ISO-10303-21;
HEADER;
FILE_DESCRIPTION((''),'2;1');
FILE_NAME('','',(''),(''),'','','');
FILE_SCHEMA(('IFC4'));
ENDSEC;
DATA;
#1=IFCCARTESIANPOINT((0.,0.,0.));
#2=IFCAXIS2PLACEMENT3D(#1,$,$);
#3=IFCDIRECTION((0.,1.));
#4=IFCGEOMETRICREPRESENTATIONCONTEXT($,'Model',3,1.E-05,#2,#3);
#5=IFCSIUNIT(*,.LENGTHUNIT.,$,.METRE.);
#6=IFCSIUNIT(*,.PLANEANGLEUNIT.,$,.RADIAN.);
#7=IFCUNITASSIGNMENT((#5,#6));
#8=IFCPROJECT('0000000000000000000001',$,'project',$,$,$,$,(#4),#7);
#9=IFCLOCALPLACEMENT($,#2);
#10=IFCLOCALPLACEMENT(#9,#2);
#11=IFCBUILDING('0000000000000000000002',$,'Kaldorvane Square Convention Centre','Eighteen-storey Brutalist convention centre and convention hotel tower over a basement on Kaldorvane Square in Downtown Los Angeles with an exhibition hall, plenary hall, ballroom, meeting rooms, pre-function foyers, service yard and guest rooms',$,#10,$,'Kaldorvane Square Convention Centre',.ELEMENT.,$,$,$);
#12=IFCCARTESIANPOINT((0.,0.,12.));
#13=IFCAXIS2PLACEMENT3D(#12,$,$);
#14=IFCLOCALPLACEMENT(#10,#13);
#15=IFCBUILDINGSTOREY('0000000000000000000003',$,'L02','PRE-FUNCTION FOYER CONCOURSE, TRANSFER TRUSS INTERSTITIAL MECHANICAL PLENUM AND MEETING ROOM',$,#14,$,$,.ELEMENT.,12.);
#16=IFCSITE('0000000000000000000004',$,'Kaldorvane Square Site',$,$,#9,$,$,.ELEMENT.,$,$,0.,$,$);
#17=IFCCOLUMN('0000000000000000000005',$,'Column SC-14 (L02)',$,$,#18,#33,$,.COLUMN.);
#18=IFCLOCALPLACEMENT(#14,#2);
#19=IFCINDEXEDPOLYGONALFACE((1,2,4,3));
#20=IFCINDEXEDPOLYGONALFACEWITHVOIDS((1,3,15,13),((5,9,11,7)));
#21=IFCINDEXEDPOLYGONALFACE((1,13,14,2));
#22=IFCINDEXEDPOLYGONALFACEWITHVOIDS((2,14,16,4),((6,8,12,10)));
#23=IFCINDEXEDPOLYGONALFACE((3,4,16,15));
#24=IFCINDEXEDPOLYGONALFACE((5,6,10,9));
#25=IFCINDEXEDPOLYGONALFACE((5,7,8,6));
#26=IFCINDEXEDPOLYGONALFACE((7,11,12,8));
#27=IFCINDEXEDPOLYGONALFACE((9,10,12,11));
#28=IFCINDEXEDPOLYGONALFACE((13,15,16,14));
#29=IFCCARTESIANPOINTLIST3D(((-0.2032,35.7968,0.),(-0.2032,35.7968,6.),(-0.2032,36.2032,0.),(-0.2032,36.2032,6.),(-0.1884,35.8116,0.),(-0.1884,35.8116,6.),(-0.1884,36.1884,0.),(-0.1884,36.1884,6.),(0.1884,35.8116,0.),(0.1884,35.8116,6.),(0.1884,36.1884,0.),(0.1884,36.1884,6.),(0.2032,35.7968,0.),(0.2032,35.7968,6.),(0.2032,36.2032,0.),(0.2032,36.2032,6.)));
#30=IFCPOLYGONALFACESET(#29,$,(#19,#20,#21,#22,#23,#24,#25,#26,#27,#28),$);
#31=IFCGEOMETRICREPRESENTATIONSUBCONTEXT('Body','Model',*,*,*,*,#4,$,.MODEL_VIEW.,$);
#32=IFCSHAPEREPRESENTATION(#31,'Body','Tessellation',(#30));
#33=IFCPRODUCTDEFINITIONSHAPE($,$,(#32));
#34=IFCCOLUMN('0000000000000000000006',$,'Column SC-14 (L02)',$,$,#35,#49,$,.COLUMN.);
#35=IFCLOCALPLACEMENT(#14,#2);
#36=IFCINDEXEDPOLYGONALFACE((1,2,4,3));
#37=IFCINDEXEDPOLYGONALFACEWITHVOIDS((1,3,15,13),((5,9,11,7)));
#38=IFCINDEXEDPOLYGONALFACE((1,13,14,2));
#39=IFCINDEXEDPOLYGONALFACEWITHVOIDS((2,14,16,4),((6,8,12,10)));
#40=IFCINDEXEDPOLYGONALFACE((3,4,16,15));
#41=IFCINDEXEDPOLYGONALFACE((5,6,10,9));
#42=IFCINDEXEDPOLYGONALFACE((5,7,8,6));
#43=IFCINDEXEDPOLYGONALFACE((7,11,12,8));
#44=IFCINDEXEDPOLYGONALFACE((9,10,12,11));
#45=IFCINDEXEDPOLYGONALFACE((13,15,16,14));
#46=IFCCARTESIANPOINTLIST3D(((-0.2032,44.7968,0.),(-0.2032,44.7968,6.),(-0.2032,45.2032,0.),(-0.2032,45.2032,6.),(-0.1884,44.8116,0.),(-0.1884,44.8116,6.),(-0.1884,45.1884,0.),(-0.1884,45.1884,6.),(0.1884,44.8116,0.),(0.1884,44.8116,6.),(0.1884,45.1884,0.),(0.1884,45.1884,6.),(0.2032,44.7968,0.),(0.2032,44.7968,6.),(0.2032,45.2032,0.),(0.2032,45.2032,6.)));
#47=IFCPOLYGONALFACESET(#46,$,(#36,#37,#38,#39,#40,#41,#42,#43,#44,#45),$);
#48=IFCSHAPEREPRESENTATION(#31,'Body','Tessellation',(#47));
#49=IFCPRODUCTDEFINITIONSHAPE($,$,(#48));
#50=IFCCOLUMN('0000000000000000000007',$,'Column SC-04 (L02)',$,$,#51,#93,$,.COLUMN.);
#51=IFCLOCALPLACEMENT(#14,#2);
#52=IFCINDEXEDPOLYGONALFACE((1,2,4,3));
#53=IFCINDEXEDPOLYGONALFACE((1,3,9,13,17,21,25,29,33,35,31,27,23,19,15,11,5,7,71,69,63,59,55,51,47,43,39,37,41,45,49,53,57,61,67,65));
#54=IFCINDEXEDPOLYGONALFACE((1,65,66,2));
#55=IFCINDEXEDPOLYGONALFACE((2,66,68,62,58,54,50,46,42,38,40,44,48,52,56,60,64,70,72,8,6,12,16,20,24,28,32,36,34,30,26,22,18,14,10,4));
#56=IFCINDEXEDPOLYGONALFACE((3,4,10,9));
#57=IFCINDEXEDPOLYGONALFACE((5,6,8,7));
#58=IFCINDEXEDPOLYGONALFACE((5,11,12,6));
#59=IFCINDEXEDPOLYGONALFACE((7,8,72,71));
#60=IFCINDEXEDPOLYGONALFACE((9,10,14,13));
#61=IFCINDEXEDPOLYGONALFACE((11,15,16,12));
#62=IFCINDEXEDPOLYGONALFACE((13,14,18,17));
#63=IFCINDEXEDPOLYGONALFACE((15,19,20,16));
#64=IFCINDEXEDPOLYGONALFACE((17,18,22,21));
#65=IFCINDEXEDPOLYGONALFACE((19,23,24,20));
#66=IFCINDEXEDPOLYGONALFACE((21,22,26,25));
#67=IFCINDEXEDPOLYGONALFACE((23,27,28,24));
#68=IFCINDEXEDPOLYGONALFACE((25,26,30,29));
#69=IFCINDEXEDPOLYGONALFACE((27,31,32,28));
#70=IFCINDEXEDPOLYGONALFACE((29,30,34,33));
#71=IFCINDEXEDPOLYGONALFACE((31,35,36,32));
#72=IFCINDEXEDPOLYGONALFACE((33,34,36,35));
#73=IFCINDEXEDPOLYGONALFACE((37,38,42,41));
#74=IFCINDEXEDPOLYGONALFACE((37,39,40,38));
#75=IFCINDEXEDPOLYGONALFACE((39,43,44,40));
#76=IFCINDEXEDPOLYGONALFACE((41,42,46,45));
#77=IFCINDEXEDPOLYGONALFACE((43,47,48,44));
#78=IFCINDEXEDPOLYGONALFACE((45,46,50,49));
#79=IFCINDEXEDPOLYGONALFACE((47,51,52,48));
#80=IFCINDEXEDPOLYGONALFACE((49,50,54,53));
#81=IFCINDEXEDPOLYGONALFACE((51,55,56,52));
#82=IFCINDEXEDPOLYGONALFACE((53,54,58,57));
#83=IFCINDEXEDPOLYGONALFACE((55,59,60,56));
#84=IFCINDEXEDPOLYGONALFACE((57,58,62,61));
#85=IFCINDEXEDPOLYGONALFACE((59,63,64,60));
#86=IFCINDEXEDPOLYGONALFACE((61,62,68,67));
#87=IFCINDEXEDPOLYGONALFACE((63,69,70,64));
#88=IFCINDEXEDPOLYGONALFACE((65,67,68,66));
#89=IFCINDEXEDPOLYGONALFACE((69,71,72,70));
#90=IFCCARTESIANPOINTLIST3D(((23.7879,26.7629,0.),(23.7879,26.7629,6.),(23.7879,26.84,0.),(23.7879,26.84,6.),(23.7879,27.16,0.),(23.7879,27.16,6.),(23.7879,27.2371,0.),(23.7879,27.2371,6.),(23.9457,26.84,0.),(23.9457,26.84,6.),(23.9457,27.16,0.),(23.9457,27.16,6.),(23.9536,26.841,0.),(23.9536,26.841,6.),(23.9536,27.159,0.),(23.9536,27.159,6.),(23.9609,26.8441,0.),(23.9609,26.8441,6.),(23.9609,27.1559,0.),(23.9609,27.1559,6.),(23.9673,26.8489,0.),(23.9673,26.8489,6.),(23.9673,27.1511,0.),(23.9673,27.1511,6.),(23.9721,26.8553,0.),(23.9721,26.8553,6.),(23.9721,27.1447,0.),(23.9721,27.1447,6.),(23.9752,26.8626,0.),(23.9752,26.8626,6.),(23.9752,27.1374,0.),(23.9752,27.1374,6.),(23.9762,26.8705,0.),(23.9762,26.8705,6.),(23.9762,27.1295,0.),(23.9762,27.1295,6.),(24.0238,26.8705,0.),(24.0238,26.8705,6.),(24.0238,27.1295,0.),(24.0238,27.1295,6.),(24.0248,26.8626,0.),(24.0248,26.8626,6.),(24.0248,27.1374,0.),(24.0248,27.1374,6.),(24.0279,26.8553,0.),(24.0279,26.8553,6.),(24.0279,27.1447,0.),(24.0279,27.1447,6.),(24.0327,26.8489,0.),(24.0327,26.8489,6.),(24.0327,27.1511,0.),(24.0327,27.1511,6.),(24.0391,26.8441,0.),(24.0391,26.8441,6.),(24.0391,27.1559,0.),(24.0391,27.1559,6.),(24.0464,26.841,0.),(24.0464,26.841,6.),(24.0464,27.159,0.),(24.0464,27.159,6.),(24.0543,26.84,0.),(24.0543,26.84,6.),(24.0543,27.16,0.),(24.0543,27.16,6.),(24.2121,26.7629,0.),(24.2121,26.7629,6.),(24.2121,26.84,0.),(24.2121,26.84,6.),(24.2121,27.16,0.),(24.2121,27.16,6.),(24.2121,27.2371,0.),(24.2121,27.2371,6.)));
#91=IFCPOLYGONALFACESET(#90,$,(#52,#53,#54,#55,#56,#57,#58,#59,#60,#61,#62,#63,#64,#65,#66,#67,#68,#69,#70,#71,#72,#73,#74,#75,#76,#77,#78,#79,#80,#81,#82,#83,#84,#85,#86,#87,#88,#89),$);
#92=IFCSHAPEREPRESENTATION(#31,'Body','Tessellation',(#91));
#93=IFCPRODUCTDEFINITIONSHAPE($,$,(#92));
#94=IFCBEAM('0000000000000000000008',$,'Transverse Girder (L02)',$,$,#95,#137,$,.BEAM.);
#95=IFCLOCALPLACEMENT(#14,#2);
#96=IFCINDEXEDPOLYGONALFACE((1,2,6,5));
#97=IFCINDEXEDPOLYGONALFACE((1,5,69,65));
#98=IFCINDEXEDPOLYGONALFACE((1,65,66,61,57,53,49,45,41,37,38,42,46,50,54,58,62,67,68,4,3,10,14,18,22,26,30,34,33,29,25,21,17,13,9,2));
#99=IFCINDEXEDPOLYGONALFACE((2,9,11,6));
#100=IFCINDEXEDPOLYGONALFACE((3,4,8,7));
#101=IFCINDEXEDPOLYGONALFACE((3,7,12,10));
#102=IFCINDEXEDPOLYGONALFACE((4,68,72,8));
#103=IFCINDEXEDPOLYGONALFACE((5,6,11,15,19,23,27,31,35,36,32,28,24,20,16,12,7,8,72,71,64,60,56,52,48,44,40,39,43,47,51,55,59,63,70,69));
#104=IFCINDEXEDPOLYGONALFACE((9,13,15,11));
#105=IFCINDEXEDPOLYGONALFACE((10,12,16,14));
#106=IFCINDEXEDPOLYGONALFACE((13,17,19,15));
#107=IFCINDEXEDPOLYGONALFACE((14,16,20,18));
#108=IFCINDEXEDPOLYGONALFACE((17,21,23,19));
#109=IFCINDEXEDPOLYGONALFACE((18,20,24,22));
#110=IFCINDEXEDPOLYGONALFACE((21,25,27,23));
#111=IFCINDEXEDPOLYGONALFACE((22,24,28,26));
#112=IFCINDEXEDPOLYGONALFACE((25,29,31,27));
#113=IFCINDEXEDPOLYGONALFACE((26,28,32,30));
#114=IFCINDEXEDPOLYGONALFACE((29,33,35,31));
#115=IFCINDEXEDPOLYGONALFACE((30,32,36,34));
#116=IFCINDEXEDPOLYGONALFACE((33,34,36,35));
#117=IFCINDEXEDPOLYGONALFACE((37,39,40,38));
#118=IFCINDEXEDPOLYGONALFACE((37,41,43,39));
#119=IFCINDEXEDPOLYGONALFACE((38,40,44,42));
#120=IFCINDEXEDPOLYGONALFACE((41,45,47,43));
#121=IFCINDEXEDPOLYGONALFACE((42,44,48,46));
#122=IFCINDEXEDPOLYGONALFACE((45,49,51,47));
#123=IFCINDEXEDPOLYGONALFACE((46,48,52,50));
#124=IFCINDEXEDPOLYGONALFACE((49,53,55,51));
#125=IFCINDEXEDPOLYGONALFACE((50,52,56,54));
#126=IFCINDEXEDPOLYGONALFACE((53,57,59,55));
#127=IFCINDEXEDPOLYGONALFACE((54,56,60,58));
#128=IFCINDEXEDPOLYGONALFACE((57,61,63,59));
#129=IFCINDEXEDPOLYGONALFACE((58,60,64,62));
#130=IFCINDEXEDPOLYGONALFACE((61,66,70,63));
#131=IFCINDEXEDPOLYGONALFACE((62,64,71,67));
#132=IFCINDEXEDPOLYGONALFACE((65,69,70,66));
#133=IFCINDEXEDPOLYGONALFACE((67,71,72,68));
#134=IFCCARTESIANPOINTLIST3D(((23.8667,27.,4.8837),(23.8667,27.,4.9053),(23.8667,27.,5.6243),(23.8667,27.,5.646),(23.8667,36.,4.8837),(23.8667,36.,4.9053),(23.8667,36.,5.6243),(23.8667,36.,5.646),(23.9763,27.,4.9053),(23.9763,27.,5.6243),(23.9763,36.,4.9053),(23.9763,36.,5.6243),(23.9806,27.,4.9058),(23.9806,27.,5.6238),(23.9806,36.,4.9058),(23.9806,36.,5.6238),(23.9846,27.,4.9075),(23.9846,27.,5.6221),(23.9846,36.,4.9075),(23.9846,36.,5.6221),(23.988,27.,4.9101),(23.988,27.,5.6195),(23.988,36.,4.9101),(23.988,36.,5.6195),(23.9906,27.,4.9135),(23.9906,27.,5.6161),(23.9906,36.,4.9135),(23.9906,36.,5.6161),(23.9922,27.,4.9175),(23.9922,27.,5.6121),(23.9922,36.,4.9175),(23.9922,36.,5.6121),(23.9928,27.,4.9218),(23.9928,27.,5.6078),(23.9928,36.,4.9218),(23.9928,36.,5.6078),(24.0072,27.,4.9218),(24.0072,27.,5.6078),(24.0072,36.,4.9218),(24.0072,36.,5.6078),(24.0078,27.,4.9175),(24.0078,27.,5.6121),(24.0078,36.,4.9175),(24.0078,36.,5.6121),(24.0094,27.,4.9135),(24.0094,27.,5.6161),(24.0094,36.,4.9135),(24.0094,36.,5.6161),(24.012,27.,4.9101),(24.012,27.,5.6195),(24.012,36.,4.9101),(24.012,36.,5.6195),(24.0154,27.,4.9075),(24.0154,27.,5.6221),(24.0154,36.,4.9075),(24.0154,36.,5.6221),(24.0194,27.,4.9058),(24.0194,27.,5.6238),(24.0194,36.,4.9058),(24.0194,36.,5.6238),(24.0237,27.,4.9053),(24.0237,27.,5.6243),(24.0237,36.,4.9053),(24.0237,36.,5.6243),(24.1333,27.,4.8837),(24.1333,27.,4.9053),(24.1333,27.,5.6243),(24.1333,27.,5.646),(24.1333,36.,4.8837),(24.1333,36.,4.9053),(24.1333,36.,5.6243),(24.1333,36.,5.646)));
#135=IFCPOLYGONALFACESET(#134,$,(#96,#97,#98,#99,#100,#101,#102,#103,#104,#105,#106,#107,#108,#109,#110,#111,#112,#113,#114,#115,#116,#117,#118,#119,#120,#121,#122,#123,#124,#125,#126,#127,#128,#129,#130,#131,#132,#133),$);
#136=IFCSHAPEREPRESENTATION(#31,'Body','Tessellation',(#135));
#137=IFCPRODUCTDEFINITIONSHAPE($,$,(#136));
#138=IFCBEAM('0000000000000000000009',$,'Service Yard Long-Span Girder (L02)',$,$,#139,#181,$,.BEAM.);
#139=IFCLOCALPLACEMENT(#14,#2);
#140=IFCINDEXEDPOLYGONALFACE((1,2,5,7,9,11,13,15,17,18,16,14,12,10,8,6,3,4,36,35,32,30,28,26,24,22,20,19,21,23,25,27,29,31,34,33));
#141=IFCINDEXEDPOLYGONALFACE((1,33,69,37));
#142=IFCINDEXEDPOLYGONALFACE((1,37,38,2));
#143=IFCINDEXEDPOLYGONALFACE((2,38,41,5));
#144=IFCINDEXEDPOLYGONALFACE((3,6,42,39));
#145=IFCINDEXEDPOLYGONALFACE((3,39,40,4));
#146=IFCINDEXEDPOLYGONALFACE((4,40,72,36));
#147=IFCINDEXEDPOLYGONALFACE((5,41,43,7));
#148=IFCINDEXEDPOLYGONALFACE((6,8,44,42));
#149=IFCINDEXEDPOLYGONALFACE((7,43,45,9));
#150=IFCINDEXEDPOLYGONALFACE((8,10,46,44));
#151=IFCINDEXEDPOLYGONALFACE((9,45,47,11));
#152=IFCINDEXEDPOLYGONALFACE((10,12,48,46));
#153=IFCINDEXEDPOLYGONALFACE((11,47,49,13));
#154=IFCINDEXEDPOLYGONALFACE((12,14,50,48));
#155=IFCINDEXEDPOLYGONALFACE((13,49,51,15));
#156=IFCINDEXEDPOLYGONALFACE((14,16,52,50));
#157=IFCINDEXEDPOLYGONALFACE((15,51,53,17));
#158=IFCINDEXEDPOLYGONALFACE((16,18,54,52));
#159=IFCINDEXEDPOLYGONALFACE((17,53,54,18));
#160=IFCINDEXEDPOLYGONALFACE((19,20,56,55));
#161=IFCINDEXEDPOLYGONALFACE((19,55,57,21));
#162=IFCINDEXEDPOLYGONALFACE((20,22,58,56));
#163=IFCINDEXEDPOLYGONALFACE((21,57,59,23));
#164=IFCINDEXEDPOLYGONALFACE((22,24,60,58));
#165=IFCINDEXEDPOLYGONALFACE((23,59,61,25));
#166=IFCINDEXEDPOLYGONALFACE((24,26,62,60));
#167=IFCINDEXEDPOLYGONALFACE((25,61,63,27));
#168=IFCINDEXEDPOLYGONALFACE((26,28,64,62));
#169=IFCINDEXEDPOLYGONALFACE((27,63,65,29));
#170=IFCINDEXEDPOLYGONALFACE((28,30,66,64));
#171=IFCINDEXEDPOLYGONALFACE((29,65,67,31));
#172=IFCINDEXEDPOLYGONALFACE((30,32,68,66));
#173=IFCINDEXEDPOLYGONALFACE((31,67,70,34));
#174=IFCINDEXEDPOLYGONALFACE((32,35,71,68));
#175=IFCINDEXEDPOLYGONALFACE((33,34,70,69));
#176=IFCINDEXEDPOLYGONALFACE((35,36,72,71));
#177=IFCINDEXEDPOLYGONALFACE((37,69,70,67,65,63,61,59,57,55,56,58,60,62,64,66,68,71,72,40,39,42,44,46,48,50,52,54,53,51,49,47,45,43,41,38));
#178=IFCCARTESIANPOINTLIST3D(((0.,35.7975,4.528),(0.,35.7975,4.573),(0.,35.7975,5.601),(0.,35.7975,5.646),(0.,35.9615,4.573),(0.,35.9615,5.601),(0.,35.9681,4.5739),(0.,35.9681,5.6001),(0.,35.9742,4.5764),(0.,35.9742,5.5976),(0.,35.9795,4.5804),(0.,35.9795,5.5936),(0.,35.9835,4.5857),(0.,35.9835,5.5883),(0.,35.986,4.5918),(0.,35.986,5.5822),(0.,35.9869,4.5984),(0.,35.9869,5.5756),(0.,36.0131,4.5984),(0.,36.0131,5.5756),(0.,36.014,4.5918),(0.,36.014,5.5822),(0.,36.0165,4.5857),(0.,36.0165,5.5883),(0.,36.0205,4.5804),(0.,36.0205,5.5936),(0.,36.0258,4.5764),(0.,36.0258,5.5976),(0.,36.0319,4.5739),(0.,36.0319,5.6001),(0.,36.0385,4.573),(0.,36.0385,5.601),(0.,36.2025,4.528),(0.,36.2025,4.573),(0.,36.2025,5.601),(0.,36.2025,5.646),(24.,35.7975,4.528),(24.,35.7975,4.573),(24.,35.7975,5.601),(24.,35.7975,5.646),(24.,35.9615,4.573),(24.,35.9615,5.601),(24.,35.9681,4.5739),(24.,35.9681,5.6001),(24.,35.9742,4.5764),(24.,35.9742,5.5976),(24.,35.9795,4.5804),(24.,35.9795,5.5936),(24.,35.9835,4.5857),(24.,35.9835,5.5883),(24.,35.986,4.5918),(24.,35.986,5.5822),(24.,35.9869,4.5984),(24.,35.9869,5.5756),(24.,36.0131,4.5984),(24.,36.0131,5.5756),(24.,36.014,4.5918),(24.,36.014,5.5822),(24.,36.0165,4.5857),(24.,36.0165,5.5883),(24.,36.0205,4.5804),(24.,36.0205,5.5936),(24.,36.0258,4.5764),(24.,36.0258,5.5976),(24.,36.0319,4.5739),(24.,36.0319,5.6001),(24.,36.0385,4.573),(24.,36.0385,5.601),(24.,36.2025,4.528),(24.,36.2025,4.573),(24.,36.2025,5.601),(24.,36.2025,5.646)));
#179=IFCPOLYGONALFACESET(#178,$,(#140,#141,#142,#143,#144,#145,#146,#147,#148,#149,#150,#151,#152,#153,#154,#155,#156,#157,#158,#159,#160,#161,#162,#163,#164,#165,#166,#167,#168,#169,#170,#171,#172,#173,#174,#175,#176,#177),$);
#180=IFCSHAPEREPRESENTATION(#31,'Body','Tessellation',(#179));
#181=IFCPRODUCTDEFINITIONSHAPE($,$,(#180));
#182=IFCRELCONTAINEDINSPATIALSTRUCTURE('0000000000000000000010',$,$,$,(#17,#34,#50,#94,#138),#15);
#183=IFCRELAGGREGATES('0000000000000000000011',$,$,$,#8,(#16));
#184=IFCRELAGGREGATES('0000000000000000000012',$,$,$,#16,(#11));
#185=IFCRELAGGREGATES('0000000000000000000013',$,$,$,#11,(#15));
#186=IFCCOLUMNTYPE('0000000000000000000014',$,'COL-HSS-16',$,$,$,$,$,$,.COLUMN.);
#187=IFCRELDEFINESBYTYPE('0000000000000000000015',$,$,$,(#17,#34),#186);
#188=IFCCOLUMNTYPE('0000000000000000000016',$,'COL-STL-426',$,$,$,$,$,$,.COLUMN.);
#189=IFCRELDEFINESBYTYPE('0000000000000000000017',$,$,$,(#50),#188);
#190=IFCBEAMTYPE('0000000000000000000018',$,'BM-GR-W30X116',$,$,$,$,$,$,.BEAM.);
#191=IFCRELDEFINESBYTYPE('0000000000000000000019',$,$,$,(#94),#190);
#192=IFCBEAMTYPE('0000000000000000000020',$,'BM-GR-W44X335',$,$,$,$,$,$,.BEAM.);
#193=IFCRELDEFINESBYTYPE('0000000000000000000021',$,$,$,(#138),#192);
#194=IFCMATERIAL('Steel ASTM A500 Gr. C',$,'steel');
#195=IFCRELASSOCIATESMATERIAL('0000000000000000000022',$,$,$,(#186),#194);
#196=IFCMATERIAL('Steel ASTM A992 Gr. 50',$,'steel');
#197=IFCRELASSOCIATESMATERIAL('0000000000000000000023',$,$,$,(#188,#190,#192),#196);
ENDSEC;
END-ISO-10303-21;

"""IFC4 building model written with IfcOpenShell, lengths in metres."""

from ifc_helpers import new_model, si_unit, direction, frame, origin, origin_2d, place, context, subcontext, project, spatial, hollow_rectangle, i_section, extrude, material, material_profile, profile_set, type_object, element, save


model = new_model("IFC4")

# Units and contexts
model_context = context("Model", 3, precision=1e-05, world=origin(), true_north=direction((0.0, 1.0)))
body_context = subcontext(model_context, "Body", "Model", "MODEL_VIEW")
ifc_project = project(units=[si_unit("LENGTHUNIT", "METRE"), si_unit("PLANEANGLEUNIT", "RADIAN")], contexts=[model_context])

# Site, building, storey
site_placement = place(None, origin())
site = spatial("IfcSite", under=ifc_project, at=site_placement, Name="Kaldorvane Square Site", CompositionType="ELEMENT", RefElevation=0.0)
building_placement = place(site_placement, origin())
building = spatial("IfcBuilding", under=site, at=building_placement, Name="Kaldorvane Square Convention Centre", Description="Eighteen-storey Brutalist convention centre and convention hotel tower over a basement on Kaldorvane Square in Downtown Los Angeles with an exhibition hall, plenary hall, ballroom, meeting rooms, pre-function foyers, service yard and guest rooms", LongName="Kaldorvane Square Convention Centre", CompositionType="ELEMENT")
storey_placement = place(building_placement, frame((0.0, 0.0, 12.0)))
storey = spatial("IfcBuildingStorey", under=building, at=storey_placement, Name="L02", Description="PRE-FUNCTION FOYER CONCOURSE, TRANSFER TRUSS INTERSTITIAL MECHANICAL PLENUM AND MEETING ROOM", CompositionType="ELEMENT", Elevation=12.0)

# Columns
ifc_material_1 = material(Name="Steel ASTM A500 Gr. C", Category="steel")
ifc_material_profile_1 = material_profile(ifc_material_1, hollow_rectangle(XDim=0.4064, YDim=0.4064, WallThickness=0.0148, at=origin_2d()), Name="HSS16X16X5/8")
ifc_profile_set_1 = profile_set([ifc_material_profile_1], Name="Steel ASTM A500 Gr. C")
column_type_1 = type_object("IfcColumnType", Name="COL-HSS-16", PredefinedType="COLUMN", material=ifc_profile_set_1)
for number, where, z_axis, x_axis, name in (
    (1, (0.0, 36.0, 0.0), (0.0, 0.0, 1.0), (1.0, 0.0, 0.0), "Column SC-14 (L02)"),
    (2, (0.0, 45.0, 0.0), (0.0, 0.0, 1.0), (1.0, 0.0, 0.0), "Column SC-14 (L02)"),
):
    element("IfcColumn", number, at=place(storey_placement, frame(where, z_axis=z_axis, x_axis=x_axis)), inside=storey, type_object=column_type_1, Name=name, PredefinedType="COLUMN", context=body_context, shape_type="SweptSolid", body=[
        extrude(hollow_rectangle(XDim=0.4064, YDim=0.4064, WallThickness=0.0148, at=origin_2d()), origin(), (0.0, 0.0, 1.0), 6.0),
    ])
ifc_material_2 = material(Name="Steel ASTM A992 Gr. 50", Category="steel")
ifc_material_profile_2 = material_profile(ifc_material_2, i_section(OverallWidth=0.4241, OverallDepth=0.4742, WebThickness=0.0476, FlangeThickness=0.0771, FilletRadius=0.0305, at=origin_2d()), Name="W14X426")
ifc_profile_set_2 = profile_set([ifc_material_profile_2], Name="Steel ASTM A992 Gr. 50")
column_type_2 = type_object("IfcColumnType", Name="COL-STL-426", PredefinedType="COLUMN", material=ifc_profile_set_2)
column_placement = place(storey_placement, frame((24.0, 27.0, 0.0), z_axis=(0.0, 0.0, 1.0), x_axis=(1.0, 0.0, 0.0)))
element("IfcColumn", 3, at=column_placement, inside=storey, type_object=column_type_2, Name="Column SC-04 (L02)", PredefinedType="COLUMN", context=body_context, shape_type="SweptSolid", body=[
    extrude(i_section(OverallWidth=0.4241, OverallDepth=0.4742, WebThickness=0.0476, FlangeThickness=0.0771, FilletRadius=0.0305, at=origin_2d()), origin(), (0.0, 0.0, 1.0), 6.0),
])

# Beams
ifc_material_profile_3 = material_profile(ifc_material_2, i_section(OverallWidth=0.2666, OverallDepth=0.7623, WebThickness=0.0144, FlangeThickness=0.0216, FilletRadius=0.0165, at=origin_2d()), Name="W30X116")
ifc_profile_set_3 = profile_set([ifc_material_profile_3], Name="Steel ASTM A992 Gr. 50")
beam_type_1 = type_object("IfcBeamType", Name="BM-GR-W30X116", PredefinedType="BEAM", material=ifc_profile_set_3)
beam_placement = place(storey_placement, frame((24.0, 27.0, 5.2648), z_axis=(0.0, 1.0, 0.0), x_axis=(-1.0, 0.0, 0.0)))
element("IfcBeam", 4, at=beam_placement, inside=storey, type_object=beam_type_1, Name="Transverse Girder (L02)", PredefinedType="BEAM", context=body_context, shape_type="SweptSolid", body=[
    extrude(i_section(OverallWidth=0.2666, OverallDepth=0.7623, WebThickness=0.0144, FlangeThickness=0.0216, FilletRadius=0.0165, at=origin_2d()), origin(), (0.0, 0.0, 1.0), 9.0),
])
ifc_material_profile_4 = material_profile(ifc_material_2, i_section(OverallWidth=0.405, OverallDepth=1.118, WebThickness=0.0262, FlangeThickness=0.045, FilletRadius=0.0254, at=origin_2d()), Name="W44X335")
ifc_profile_set_4 = profile_set([ifc_material_profile_4], Name="Steel ASTM A992 Gr. 50")
beam_type_2 = type_object("IfcBeamType", Name="BM-GR-W44X335", PredefinedType="BEAM", material=ifc_profile_set_4)
for number, where, z_axis, x_axis, name in (
    (5, (0.0, 36.0, 5.087), (1.0, 0.0, 0.0), (0.0, 1.0, 0.0), "Service Yard Long-Span Girder (L02)"),
):
    element("IfcBeam", number, at=place(storey_placement, frame(where, z_axis=z_axis, x_axis=x_axis)), inside=storey, type_object=beam_type_2, Name=name, PredefinedType="BEAM", context=body_context, shape_type="SweptSolid", body=[
        extrude(i_section(OverallWidth=0.405, OverallDepth=1.118, WebThickness=0.0262, FlangeThickness=0.045, FilletRadius=0.0254, at=origin_2d()), origin(), (0.0, 0.0, 1.0), 24.0),
    ])

save(model, "model.ifc")
